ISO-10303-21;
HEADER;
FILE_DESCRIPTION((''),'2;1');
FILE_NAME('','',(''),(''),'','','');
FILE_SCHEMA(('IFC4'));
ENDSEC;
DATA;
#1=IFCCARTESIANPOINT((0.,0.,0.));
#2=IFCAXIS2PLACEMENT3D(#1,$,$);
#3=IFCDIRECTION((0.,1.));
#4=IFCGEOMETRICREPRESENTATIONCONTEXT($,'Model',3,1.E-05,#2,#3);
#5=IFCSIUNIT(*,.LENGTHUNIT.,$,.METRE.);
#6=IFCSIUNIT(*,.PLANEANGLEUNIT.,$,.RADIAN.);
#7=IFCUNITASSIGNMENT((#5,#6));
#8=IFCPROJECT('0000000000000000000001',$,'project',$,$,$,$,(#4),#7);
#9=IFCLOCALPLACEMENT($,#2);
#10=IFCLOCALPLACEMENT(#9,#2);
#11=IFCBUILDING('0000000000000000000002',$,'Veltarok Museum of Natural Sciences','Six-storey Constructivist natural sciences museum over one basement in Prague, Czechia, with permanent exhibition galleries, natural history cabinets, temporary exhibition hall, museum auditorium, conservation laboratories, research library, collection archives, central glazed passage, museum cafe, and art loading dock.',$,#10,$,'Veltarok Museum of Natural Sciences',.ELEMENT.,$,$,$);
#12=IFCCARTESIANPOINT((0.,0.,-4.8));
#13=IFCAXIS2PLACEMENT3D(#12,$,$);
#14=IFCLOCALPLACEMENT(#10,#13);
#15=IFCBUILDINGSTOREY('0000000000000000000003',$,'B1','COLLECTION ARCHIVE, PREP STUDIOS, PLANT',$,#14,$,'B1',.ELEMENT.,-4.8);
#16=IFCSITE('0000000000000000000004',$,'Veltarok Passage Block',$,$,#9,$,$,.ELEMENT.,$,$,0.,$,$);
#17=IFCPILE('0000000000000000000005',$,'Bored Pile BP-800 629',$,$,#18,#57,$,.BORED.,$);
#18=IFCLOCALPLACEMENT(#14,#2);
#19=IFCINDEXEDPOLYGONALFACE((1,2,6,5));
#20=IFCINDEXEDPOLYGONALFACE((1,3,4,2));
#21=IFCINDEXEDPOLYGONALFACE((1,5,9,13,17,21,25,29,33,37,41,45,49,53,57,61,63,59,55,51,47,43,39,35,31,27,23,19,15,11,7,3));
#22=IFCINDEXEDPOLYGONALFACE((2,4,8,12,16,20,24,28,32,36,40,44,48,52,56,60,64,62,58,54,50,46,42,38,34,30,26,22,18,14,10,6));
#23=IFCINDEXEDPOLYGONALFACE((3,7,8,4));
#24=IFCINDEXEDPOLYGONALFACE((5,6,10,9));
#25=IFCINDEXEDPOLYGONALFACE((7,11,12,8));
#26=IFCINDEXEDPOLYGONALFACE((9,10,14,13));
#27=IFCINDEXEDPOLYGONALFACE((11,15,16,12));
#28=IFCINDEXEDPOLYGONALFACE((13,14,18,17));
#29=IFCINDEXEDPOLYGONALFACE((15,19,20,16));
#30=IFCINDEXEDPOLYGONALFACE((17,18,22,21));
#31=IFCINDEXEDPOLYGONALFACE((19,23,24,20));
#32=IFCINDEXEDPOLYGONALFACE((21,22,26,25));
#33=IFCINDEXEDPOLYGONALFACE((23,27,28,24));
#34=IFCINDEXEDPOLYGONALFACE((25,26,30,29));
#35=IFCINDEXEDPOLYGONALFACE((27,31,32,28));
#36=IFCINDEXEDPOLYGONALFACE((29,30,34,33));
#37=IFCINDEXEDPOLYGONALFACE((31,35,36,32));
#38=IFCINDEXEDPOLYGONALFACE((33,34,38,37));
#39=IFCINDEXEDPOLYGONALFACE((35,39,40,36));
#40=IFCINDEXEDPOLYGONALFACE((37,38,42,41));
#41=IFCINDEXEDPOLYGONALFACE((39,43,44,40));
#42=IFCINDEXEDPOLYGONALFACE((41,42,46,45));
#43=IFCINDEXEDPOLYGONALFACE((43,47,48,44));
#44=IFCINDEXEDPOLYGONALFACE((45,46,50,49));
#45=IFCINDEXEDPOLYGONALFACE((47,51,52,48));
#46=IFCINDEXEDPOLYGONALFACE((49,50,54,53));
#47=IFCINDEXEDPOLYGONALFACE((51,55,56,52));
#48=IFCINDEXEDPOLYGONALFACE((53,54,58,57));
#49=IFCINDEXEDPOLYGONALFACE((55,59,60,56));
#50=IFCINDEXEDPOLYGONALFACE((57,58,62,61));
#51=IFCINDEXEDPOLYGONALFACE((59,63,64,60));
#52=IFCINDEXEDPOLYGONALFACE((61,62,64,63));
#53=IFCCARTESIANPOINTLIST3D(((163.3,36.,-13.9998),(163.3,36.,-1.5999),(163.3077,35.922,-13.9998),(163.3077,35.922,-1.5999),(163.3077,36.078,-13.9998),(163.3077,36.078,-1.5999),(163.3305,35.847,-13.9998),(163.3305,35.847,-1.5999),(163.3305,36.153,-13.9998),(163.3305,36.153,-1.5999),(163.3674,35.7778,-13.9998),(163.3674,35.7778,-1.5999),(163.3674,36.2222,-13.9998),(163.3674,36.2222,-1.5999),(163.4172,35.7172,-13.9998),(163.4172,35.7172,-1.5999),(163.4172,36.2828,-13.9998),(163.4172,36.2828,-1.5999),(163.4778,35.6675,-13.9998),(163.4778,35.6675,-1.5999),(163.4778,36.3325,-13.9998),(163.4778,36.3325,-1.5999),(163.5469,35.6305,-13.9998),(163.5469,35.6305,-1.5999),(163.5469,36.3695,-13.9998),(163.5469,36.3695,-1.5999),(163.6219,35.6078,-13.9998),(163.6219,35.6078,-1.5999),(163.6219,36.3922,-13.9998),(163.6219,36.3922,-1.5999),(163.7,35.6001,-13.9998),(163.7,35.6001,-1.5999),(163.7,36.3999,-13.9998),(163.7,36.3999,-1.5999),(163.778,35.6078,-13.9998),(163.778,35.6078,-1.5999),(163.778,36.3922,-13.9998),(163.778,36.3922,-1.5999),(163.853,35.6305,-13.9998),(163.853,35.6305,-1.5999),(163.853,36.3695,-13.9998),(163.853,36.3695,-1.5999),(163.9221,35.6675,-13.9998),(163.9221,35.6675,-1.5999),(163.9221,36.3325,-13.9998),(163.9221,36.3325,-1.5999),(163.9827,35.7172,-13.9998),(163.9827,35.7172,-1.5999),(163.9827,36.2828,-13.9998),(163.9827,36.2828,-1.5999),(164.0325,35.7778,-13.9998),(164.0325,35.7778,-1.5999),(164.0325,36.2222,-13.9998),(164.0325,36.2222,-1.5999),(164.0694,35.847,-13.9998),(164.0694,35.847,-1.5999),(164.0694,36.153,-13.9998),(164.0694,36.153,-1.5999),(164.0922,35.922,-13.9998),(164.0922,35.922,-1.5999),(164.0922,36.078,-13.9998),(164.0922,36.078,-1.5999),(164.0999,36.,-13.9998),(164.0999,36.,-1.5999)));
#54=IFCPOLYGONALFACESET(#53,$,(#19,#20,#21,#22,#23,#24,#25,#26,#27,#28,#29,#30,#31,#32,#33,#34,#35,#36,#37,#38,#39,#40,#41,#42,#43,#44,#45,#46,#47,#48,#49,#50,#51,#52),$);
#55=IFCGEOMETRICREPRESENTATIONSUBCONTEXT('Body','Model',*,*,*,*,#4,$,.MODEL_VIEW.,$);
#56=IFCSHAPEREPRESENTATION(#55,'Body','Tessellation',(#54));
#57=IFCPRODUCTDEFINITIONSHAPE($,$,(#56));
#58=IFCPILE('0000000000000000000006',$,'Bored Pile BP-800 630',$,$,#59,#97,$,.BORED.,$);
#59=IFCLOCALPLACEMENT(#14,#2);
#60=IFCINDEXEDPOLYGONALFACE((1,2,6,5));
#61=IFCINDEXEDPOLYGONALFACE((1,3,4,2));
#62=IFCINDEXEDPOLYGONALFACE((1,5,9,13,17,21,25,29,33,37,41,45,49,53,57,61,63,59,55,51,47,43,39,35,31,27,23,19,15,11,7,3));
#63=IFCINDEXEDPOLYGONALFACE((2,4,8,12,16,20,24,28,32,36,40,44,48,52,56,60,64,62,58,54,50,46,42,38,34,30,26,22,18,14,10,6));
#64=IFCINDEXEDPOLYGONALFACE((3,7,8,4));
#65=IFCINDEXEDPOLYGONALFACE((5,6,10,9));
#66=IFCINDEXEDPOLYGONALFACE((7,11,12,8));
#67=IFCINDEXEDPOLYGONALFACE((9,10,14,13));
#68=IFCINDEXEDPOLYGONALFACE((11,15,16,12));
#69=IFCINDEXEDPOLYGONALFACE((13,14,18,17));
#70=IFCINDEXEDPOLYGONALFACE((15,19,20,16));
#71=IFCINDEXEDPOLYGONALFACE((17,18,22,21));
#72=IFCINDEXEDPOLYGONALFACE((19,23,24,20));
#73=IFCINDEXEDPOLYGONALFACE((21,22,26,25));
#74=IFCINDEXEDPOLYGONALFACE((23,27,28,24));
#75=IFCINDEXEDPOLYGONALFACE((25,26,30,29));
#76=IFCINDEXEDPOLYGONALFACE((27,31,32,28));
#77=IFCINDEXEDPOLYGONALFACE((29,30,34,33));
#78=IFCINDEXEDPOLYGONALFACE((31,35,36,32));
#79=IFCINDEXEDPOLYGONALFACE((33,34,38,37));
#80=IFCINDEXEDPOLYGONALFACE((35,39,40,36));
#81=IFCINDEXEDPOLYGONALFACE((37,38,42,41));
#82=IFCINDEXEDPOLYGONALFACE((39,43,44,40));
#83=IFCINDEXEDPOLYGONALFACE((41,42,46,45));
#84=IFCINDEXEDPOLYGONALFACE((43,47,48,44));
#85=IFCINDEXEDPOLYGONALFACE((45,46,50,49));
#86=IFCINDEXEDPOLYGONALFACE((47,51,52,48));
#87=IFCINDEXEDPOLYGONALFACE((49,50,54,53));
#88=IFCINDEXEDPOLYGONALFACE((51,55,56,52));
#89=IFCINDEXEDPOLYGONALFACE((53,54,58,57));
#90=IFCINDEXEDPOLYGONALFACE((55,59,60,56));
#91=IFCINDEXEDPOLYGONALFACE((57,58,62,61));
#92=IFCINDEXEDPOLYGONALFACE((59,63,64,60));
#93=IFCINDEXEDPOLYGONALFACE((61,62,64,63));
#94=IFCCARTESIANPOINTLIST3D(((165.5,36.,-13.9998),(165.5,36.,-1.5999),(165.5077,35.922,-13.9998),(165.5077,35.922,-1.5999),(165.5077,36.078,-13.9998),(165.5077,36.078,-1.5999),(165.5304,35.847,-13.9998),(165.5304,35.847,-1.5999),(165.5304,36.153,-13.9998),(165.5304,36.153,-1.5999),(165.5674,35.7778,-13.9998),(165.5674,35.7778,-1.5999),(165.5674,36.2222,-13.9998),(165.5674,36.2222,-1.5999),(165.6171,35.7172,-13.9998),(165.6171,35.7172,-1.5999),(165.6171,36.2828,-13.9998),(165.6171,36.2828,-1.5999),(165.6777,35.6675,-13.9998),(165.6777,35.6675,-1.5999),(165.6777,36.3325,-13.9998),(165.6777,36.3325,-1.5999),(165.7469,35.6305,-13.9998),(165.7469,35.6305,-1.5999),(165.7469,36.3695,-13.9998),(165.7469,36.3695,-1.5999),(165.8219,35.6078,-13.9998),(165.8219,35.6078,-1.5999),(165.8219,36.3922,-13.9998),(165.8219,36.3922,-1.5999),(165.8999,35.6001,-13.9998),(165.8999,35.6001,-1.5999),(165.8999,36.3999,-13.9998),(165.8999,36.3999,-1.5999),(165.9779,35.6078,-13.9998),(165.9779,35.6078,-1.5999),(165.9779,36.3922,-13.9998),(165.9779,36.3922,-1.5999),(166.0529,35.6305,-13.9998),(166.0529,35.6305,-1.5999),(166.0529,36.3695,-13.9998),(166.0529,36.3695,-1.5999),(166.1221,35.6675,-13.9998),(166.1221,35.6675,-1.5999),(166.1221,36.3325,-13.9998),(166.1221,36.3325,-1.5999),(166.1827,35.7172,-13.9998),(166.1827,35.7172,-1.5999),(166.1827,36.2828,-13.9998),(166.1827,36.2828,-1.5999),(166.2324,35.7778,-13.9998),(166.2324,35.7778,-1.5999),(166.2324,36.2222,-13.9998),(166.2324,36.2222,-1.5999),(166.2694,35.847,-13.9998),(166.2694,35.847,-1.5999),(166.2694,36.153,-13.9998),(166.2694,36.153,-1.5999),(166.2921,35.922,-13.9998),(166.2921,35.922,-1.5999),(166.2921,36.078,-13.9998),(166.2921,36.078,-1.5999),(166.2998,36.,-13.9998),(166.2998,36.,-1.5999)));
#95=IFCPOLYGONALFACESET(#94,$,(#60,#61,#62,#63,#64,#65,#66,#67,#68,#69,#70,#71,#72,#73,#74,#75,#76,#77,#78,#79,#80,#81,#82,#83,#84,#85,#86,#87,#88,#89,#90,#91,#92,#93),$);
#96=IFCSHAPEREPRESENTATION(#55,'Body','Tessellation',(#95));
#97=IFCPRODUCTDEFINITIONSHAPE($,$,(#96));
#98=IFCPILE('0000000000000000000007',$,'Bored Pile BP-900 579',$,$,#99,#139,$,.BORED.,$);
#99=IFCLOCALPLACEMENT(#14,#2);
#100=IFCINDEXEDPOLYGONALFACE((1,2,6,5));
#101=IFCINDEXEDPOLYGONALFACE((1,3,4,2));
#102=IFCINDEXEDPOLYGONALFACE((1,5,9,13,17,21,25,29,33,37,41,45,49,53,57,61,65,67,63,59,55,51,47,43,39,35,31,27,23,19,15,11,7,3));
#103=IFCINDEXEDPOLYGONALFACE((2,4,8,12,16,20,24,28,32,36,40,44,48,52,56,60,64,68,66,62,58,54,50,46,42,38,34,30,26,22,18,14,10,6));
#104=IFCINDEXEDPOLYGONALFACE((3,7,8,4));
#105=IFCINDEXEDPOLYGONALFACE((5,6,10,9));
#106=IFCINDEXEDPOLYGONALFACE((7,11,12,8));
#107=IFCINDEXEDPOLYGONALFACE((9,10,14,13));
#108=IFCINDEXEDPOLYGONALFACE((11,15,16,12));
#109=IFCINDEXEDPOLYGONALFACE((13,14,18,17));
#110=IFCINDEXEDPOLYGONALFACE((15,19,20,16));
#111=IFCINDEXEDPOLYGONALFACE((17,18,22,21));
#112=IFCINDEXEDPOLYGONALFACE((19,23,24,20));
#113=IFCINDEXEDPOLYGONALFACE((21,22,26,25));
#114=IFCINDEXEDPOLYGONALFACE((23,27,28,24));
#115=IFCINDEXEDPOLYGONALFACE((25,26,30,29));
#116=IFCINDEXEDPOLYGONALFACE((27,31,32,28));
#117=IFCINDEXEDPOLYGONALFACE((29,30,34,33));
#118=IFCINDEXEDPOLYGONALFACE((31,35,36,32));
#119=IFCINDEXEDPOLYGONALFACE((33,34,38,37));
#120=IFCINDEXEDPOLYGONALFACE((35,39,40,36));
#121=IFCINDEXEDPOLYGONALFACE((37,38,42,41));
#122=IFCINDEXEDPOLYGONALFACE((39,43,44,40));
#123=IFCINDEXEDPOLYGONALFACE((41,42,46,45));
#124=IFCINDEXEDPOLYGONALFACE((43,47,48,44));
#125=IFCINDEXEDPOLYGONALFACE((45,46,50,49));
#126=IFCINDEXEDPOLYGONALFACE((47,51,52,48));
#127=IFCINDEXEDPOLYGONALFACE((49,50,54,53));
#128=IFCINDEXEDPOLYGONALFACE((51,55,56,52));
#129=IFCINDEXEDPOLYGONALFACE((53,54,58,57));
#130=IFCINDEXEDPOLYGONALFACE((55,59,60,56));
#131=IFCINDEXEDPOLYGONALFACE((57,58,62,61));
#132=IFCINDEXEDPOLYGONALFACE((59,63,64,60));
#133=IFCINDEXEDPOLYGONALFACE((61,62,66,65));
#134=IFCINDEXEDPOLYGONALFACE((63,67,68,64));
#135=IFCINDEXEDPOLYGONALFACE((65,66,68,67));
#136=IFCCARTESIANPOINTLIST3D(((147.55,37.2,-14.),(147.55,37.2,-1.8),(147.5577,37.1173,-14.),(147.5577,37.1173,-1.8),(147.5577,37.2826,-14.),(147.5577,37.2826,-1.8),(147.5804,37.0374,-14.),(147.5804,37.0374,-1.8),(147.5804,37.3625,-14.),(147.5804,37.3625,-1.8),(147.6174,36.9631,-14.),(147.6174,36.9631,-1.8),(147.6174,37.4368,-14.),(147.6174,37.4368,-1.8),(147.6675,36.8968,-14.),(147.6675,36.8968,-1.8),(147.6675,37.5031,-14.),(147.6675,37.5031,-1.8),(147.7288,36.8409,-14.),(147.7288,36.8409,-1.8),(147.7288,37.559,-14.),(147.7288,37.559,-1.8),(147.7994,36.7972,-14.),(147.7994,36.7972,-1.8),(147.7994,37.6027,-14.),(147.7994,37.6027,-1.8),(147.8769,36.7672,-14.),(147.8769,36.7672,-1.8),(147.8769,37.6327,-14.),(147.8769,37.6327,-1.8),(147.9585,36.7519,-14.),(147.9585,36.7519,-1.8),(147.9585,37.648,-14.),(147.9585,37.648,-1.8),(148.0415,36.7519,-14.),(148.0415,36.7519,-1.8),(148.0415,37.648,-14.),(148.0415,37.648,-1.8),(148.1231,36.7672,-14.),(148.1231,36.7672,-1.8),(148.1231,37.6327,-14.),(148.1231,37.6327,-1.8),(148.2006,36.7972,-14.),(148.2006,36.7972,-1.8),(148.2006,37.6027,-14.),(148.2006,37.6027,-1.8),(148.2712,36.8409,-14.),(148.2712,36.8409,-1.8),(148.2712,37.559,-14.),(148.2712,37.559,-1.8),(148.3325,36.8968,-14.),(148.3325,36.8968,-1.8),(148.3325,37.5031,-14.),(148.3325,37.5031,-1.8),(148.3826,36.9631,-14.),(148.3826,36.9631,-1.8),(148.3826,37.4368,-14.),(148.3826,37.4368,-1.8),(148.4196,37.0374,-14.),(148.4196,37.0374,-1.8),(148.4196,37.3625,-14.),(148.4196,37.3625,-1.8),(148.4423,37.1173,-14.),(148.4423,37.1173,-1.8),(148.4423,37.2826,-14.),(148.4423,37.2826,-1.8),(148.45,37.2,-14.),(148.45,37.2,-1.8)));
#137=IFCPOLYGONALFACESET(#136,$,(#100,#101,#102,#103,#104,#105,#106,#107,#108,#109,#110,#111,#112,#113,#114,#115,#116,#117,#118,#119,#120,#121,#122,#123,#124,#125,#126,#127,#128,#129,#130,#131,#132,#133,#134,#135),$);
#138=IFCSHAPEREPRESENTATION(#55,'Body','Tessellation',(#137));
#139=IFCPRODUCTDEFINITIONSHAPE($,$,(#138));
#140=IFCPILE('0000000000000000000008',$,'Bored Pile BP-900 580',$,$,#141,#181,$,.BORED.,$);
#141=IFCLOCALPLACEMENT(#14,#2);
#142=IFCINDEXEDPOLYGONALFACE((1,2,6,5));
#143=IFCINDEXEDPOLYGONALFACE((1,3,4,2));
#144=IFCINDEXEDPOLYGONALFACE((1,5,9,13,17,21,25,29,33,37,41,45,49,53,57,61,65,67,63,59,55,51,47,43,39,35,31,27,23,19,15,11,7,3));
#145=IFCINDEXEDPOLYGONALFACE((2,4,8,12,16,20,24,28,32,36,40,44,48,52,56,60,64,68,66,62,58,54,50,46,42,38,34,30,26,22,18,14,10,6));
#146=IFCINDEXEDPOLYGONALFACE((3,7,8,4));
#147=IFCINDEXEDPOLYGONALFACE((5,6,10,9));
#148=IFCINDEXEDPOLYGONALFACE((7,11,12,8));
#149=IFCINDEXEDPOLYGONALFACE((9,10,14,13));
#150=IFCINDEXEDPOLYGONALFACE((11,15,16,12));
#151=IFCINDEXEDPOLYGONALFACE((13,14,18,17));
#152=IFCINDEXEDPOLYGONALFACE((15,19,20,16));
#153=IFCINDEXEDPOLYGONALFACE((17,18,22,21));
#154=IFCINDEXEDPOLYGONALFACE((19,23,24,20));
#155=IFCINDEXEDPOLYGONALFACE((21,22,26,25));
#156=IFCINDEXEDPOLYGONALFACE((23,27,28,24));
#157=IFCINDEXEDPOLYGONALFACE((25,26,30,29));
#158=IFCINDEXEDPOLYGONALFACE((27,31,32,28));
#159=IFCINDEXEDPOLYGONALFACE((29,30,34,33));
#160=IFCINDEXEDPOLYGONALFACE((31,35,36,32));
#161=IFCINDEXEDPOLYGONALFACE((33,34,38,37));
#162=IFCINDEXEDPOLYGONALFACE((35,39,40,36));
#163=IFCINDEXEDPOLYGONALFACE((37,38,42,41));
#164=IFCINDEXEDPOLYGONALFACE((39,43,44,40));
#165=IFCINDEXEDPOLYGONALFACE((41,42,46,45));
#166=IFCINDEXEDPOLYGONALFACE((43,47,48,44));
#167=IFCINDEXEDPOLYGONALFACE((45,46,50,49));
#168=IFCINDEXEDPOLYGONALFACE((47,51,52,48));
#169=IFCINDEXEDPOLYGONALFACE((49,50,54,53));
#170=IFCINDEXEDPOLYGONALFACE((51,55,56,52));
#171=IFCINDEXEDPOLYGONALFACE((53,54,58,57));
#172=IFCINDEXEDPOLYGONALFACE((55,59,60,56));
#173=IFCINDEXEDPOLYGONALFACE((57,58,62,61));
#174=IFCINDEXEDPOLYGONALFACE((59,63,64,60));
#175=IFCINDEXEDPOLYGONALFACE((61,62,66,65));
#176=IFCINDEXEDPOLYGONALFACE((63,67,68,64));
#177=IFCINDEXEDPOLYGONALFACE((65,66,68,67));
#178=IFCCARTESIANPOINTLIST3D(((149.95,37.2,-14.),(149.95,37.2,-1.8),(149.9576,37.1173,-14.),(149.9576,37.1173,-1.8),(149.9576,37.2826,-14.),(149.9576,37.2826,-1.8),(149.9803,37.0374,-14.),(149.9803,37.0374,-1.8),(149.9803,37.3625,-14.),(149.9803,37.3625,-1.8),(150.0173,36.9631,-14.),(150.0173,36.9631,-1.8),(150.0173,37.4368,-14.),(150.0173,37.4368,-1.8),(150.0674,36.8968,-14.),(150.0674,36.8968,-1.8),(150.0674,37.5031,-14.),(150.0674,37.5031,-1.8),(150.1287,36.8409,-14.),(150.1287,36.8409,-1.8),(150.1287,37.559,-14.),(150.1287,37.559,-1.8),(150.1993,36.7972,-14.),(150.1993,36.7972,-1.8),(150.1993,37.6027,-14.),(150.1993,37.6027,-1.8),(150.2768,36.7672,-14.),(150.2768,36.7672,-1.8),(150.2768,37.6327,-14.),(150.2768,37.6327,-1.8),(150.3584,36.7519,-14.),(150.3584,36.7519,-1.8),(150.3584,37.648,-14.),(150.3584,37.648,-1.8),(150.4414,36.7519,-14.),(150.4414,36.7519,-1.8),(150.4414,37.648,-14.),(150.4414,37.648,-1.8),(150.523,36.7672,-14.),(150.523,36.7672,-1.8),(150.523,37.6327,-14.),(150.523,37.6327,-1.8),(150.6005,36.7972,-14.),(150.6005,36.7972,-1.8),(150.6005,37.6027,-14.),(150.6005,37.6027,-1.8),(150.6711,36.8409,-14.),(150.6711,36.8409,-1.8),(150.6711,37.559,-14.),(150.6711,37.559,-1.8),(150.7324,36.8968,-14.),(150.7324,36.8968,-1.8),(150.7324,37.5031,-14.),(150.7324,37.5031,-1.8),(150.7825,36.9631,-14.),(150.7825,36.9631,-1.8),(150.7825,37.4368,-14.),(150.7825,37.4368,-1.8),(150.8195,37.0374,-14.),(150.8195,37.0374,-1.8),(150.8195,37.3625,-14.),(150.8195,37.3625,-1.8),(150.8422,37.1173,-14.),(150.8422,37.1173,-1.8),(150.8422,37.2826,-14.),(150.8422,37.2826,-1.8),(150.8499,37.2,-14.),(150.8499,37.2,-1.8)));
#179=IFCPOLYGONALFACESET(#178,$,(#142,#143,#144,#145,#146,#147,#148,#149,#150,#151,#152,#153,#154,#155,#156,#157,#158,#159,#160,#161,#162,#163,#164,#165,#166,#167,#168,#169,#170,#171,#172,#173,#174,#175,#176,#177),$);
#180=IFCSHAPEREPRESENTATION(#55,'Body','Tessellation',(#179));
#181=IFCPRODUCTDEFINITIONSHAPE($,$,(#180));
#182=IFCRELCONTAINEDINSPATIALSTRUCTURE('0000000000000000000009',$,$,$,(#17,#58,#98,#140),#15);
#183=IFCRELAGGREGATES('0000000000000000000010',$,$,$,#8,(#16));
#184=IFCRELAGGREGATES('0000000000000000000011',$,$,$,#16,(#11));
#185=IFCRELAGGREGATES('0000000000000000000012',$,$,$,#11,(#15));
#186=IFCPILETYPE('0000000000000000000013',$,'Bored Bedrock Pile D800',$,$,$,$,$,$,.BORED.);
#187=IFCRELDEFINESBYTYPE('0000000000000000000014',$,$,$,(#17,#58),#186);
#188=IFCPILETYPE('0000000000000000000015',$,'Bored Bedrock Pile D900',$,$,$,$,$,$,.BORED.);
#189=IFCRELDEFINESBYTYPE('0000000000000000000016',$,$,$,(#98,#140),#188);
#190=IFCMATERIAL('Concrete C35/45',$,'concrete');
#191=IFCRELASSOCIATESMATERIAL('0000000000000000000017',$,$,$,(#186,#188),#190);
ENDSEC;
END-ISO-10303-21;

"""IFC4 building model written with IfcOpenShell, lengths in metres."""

from ifc_helpers import new_model, si_unit, direction, frame, origin, origin_2d, place, context, subcontext, project, spatial, circle, extrude, material, material_profile, profile_set, type_object, element, save


model = new_model("IFC4")

# Units and contexts
model_context = context("Model", 3, precision=1e-05, world=origin(), true_north=direction((0.0, 1.0)))
body_context = subcontext(model_context, "Body", "Model", "MODEL_VIEW")
ifc_project = project(units=[si_unit("LENGTHUNIT", "METRE"), si_unit("PLANEANGLEUNIT", "RADIAN")], contexts=[model_context])

# Site, building, storey
site_placement = place(None, origin())
site = spatial("IfcSite", under=ifc_project, at=site_placement, Name="Veltarok Passage Block", CompositionType="ELEMENT", RefElevation=0.0)
building_placement = place(site_placement, origin())
building = spatial("IfcBuilding", under=site, at=building_placement, Name="Veltarok Museum of Natural Sciences", Description="Six-storey Constructivist natural sciences museum over one basement in Prague, Czechia, with permanent exhibition galleries, natural history cabinets, temporary exhibition hall, museum auditorium, conservation laboratories, research library, collection archives, central glazed passage, museum cafe, and art loading dock.", LongName="Veltarok Museum of Natural Sciences", CompositionType="ELEMENT")
storey_placement = place(building_placement, frame((0.0, 0.0, -4.8)))
storey = spatial("IfcBuildingStorey", under=building, at=storey_placement, Name="B1", Description="COLLECTION ARCHIVE, PREP STUDIOS, PLANT", LongName="B1", CompositionType="ELEMENT", Elevation=-4.8)

# Piles
ifc_material_1 = material(Name="Concrete C35/45", Category="concrete")
ifc_material_profile_1 = material_profile(ifc_material_1, circle(Radius=0.3999, at=origin_2d()), Name="BP D800")
ifc_profile_set_1 = profile_set([ifc_material_profile_1], Name="Concrete C35/45")
pile_type_1 = type_object("IfcPileType", Name="Bored Bedrock Pile D800", PredefinedType="BORED", material=ifc_profile_set_1)
for number, where, z_axis, x_axis, name in (
    (1, (163.7, 36.0, -1.5999), (0.0, 0.0, -1.0), (1.0, 0.0, 0.0), "Bored Pile BP-800 629"),
    (2, (165.8999, 36.0, -1.5999), (0.0, 0.0, -1.0), (1.0, 0.0, 0.0), "Bored Pile BP-800 630"),
):
    element("IfcPile", number, at=place(storey_placement, frame(where, z_axis=z_axis, x_axis=x_axis)), inside=storey, type_object=pile_type_1, Name=name, PredefinedType="BORED", context=body_context, shape_type="SweptSolid", body=[
        extrude(circle(Radius=0.3999, at=origin_2d()), origin(), (0.0, 0.0, 1.0), 12.3999),
    ])
ifc_material_profile_2 = material_profile(ifc_material_1, circle(Radius=0.45, at=origin_2d()), Name="BP D900")
ifc_profile_set_2 = profile_set([ifc_material_profile_2], Name="Concrete C35/45")
pile_type_2 = type_object("IfcPileType", Name="Bored Bedrock Pile D900", PredefinedType="BORED", material=ifc_profile_set_2)
for number, where, z_axis, x_axis, name in (
    (3, (148.0, 37.2, -1.8), (0.0, 0.0, -1.0), (1.0, 0.0, 0.0), "Bored Pile BP-900 579"),
    (4, (150.3999, 37.2, -1.8), (0.0, 0.0, -1.0), (1.0, 0.0, 0.0), "Bored Pile BP-900 580"),
):
    element("IfcPile", number, at=place(storey_placement, frame(where, z_axis=z_axis, x_axis=x_axis)), inside=storey, type_object=pile_type_2, Name=name, PredefinedType="BORED", context=body_context, shape_type="SweptSolid", body=[
        extrude(circle(Radius=0.45, at=origin_2d()), origin(), (0.0, 0.0, 1.0), 12.2),
    ])

save(model, "model.ifc")
